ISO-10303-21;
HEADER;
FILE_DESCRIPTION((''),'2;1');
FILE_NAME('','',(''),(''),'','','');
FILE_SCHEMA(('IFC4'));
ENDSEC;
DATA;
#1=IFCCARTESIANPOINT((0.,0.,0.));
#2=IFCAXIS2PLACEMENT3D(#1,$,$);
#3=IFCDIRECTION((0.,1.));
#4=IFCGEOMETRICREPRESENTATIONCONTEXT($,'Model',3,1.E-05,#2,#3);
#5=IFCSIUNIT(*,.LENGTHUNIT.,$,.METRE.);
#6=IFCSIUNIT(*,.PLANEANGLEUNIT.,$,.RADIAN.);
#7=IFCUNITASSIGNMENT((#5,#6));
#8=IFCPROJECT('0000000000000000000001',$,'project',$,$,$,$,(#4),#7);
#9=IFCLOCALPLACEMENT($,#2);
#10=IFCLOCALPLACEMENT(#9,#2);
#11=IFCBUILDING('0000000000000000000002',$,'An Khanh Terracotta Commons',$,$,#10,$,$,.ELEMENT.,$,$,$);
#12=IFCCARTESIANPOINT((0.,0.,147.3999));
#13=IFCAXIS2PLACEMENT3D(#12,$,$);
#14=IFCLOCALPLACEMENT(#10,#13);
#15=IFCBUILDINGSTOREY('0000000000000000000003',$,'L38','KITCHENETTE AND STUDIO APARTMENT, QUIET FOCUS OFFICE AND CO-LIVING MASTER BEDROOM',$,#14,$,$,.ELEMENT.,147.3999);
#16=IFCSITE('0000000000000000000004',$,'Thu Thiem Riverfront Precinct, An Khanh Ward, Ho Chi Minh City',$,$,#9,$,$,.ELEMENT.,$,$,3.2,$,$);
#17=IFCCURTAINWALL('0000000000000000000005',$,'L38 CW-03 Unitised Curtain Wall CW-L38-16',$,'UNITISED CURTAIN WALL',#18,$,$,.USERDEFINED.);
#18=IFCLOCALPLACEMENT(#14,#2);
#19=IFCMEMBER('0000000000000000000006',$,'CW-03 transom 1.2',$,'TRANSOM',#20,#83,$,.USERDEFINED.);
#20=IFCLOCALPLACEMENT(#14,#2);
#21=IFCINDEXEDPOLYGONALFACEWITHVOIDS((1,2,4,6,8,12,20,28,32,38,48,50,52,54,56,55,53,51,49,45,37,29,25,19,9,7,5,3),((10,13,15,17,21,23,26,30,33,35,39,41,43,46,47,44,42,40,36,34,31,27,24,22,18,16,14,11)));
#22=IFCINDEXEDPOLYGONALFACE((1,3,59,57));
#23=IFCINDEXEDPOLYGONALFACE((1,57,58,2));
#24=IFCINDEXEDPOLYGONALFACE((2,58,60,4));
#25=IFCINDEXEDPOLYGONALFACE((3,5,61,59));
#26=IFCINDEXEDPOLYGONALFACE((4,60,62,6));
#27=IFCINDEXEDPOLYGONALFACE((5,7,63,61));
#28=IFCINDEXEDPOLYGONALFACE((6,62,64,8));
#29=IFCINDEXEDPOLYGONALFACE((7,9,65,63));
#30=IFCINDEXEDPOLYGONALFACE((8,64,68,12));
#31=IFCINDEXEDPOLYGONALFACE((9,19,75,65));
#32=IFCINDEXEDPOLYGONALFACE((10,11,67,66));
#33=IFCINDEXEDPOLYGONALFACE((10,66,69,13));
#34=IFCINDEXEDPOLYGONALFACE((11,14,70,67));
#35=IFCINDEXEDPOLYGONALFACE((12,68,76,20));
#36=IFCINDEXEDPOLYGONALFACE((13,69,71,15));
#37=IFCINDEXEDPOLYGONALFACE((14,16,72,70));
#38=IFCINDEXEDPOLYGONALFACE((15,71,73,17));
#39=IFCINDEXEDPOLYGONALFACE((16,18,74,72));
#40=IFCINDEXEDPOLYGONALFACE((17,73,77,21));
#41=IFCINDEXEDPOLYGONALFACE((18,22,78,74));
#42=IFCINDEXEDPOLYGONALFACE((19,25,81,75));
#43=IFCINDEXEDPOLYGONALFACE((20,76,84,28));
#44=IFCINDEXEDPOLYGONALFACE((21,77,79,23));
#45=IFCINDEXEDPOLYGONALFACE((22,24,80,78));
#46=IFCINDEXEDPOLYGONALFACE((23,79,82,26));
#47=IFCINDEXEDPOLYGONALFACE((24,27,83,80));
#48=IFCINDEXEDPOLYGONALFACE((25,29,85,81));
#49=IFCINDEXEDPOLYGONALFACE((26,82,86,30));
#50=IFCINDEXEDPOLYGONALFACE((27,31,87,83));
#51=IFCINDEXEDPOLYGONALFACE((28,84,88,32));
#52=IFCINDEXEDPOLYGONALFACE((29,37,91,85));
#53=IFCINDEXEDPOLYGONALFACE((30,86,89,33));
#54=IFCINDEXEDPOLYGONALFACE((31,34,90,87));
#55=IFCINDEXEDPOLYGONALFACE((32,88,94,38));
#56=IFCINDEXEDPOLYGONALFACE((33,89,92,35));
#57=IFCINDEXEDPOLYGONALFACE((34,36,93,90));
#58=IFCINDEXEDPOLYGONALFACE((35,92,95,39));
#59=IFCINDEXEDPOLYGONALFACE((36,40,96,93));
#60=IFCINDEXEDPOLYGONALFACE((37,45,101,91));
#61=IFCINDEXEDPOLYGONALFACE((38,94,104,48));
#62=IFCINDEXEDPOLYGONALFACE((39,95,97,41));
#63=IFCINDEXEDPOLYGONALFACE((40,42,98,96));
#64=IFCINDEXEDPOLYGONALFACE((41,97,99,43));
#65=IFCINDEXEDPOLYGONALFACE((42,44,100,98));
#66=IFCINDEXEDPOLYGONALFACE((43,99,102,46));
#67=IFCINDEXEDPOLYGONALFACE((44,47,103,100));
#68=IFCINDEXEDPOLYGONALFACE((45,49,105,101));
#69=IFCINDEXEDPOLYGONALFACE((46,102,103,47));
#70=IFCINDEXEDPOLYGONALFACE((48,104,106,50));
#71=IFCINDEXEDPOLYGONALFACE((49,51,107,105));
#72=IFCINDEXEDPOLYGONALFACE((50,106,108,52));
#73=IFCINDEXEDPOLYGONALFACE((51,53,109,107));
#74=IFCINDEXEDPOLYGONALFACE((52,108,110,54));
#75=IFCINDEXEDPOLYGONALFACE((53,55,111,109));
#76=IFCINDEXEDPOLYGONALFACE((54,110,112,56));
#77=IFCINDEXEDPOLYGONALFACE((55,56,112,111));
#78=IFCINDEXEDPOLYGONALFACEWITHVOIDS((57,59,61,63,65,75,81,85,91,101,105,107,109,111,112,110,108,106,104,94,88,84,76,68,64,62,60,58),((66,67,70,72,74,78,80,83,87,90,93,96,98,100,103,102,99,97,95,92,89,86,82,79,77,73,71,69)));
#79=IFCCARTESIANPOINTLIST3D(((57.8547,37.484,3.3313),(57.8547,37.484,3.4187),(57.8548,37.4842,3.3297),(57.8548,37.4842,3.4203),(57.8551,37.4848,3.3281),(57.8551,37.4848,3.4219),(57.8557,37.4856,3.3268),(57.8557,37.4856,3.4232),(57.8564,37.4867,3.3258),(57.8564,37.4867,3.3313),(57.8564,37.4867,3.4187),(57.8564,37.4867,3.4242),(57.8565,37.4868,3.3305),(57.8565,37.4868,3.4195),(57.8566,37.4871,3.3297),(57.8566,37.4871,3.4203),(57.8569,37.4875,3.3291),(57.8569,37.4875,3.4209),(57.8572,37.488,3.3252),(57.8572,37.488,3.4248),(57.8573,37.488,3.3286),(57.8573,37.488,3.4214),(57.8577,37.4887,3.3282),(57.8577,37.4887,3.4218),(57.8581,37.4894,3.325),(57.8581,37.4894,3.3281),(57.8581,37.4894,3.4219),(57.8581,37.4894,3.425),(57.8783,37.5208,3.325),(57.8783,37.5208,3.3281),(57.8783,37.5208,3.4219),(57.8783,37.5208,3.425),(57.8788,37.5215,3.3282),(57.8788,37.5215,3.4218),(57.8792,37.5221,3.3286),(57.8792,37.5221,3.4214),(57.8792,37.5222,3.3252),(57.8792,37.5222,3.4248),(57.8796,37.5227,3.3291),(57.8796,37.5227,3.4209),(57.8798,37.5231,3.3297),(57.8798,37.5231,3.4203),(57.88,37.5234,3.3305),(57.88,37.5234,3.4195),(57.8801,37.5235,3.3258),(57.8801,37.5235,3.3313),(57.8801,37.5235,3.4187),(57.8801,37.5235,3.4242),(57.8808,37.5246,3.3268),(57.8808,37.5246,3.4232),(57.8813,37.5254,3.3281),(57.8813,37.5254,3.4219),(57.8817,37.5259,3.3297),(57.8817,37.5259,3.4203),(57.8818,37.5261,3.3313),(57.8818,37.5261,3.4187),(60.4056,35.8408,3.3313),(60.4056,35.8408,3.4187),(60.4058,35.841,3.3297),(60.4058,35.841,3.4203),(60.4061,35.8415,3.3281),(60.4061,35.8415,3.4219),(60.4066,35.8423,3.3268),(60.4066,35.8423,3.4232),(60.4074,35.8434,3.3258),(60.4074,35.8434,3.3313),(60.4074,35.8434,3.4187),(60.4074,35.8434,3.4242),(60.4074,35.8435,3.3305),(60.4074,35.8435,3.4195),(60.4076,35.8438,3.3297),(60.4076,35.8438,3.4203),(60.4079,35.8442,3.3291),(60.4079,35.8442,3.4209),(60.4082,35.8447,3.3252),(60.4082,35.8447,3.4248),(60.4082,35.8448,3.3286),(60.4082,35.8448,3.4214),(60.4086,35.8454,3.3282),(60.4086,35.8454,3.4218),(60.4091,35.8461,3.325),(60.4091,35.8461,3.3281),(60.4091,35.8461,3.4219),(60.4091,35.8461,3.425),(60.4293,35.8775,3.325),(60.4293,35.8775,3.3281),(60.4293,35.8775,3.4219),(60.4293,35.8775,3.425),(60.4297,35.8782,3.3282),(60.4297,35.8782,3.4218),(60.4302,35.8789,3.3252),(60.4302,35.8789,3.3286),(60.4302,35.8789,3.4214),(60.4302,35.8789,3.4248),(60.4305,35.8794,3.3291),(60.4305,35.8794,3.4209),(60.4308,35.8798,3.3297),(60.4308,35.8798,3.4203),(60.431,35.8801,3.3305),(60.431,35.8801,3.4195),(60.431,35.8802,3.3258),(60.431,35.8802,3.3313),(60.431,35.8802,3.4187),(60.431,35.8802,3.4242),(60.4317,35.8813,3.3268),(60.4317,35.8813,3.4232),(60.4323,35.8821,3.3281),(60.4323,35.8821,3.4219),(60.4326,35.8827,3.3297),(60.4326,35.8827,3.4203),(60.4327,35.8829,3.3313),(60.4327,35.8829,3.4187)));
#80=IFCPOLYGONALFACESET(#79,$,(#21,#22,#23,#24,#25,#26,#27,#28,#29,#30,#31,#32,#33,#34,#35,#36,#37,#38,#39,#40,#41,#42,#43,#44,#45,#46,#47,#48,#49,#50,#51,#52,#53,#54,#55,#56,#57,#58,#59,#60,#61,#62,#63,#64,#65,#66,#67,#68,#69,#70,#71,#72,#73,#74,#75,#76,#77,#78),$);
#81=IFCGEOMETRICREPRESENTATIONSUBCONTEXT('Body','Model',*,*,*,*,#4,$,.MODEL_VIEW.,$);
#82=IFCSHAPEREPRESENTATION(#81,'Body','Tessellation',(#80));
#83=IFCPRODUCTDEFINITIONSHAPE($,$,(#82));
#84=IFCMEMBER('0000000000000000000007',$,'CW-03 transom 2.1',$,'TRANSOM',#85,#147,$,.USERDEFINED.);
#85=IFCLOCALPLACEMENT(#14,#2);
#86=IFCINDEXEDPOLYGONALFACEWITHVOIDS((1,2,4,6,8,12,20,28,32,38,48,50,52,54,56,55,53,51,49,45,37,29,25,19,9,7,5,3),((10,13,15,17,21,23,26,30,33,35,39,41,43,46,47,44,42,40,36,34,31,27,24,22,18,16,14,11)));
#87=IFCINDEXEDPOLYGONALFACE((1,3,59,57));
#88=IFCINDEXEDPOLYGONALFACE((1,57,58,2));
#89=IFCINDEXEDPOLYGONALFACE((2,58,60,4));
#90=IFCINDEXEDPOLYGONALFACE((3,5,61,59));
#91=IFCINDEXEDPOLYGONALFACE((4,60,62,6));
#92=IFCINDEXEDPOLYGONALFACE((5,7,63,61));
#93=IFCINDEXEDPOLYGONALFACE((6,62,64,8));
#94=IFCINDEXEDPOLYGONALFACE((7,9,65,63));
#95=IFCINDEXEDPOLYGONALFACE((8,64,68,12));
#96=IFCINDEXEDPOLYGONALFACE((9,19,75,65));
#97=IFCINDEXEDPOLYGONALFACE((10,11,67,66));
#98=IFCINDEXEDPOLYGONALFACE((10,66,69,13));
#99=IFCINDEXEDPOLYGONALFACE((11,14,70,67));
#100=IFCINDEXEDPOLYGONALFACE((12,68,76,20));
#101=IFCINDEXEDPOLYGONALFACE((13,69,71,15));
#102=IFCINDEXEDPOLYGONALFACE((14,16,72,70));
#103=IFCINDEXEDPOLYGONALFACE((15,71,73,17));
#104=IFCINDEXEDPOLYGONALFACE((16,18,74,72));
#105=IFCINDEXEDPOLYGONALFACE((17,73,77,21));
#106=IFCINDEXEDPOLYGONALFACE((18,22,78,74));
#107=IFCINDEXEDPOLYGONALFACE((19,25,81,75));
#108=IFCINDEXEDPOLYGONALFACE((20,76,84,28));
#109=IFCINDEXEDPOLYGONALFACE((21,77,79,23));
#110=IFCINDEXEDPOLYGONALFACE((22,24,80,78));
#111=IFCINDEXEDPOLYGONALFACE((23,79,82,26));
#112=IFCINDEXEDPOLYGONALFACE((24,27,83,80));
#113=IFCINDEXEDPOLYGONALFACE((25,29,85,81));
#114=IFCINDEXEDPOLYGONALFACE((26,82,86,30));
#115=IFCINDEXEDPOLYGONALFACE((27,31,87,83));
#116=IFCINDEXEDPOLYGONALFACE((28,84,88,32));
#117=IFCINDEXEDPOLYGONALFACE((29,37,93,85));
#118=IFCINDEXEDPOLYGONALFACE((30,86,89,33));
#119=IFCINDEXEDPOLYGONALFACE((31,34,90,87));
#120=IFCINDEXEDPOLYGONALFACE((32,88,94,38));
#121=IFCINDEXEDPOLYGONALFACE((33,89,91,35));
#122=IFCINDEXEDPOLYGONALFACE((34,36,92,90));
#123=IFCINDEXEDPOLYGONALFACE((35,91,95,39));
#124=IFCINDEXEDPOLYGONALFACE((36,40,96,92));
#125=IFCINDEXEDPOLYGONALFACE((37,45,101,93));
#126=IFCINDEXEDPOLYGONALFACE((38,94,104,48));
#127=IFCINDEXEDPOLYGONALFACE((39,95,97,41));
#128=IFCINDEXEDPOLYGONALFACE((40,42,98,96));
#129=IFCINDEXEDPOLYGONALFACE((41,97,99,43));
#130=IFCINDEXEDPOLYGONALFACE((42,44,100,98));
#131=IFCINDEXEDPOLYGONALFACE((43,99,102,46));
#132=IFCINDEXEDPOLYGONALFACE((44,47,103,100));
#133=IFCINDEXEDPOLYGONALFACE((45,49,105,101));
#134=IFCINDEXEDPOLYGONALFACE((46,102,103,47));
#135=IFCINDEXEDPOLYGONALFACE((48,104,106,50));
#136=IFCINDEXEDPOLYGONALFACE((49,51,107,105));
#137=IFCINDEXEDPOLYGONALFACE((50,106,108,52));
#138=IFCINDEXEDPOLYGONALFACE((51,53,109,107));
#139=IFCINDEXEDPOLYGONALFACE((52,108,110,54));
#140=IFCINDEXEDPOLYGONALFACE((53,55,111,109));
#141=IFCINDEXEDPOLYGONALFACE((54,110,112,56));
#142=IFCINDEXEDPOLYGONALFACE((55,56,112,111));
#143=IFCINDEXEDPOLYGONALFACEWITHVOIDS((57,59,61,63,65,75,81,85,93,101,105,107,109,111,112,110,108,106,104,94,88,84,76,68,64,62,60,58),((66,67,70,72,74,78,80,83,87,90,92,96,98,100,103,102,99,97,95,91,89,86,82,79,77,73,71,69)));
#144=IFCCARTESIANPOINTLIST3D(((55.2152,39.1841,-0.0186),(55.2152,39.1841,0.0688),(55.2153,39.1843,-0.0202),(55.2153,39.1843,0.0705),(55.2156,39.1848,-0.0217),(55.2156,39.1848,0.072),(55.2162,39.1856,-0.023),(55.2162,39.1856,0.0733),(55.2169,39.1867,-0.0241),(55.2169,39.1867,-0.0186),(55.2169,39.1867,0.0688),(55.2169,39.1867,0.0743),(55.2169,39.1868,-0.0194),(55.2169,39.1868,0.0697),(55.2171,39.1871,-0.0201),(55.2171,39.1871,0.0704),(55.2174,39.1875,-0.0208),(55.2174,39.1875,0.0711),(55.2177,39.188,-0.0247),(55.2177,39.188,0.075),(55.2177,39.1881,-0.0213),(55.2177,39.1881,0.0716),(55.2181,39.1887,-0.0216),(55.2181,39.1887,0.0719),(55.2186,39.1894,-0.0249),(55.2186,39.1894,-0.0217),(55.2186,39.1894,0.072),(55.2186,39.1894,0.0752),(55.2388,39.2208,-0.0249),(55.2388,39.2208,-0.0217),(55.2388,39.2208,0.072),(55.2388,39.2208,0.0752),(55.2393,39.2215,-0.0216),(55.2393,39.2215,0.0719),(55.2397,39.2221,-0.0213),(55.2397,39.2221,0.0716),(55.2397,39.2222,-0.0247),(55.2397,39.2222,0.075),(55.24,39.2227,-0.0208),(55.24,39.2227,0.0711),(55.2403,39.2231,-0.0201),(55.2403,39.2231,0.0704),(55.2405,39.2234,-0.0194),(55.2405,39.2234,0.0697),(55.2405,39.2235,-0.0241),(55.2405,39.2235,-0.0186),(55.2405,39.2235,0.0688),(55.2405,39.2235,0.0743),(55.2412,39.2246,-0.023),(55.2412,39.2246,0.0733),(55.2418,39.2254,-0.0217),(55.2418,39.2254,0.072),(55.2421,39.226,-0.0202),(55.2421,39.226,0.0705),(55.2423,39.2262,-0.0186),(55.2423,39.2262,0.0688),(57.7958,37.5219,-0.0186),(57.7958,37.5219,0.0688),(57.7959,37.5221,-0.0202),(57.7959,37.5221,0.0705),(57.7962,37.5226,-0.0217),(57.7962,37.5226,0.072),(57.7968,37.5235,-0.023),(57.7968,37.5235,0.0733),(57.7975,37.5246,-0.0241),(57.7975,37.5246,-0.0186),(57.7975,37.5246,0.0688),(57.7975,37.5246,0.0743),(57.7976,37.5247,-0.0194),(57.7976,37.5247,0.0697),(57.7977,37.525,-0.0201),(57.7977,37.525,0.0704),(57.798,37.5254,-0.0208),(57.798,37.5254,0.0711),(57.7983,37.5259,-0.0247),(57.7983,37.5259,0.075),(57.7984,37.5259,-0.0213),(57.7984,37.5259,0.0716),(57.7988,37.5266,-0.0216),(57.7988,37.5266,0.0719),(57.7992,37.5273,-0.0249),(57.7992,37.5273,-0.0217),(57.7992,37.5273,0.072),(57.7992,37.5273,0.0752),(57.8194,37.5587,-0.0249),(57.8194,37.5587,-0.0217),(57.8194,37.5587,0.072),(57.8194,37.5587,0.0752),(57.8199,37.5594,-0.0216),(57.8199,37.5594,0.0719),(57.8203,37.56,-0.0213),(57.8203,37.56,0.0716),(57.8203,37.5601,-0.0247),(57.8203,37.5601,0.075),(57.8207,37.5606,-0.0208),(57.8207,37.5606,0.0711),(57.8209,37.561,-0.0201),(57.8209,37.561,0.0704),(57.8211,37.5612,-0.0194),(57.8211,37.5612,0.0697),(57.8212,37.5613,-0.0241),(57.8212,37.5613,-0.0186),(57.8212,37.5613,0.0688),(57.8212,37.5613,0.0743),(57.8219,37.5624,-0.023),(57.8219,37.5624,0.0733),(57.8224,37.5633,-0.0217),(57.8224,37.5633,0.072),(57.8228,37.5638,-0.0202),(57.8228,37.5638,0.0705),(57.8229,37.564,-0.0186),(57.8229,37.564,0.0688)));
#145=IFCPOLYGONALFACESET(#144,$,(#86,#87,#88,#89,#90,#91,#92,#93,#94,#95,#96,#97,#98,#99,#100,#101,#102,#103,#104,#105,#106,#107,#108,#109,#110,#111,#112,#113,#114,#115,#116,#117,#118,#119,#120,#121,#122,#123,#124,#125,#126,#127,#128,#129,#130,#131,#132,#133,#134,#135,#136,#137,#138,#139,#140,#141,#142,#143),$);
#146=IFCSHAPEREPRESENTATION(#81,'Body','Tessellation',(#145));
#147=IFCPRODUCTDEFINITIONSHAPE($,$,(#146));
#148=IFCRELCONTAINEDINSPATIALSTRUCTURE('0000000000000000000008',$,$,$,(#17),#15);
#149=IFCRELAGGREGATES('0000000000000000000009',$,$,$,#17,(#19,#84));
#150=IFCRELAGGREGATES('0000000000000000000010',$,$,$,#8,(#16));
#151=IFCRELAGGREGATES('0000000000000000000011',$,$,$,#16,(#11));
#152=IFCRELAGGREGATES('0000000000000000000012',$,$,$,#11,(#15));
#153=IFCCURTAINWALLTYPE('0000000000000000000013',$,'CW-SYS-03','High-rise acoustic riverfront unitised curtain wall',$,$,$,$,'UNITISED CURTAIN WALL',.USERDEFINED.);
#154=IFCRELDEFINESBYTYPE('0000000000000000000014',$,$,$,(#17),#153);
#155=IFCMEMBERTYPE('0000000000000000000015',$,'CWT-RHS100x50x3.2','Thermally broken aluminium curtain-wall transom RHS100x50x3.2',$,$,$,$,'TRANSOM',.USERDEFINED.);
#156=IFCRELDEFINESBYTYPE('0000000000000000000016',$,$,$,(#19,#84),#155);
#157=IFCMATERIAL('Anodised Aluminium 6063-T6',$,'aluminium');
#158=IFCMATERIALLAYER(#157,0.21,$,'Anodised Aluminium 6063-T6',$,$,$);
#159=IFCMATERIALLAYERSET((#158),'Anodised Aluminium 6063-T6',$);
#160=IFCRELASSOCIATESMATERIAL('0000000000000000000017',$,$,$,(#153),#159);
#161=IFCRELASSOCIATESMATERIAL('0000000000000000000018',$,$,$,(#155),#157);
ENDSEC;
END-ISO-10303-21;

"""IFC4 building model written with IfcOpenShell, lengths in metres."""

from ifc_helpers import new_model, si_unit, direction, frame, origin, origin_2d, place, context, subcontext, project, spatial, hollow_rectangle, extrude, material, layer, layer_set, material_profile, profile_set, type_object, element, aggregate, save


model = new_model("IFC4")

# Units and contexts
model_context = context("Model", 3, precision=1e-05, world=origin(), true_north=direction((0.0, 1.0)))
body_context = subcontext(model_context, "Body", "Model", "MODEL_VIEW")
ifc_project = project(units=[si_unit("LENGTHUNIT", "METRE"), si_unit("PLANEANGLEUNIT", "RADIAN")], contexts=[model_context])

# Site, building, storey
site_placement = place(None, origin())
site = spatial("IfcSite", under=ifc_project, at=site_placement, Name="Thu Thiem Riverfront Precinct, An Khanh Ward, Ho Chi Minh City", CompositionType="ELEMENT", RefElevation=3.2)
building_placement = place(site_placement, origin())
building = spatial("IfcBuilding", under=site, at=building_placement, Name="An Khanh Terracotta Commons", CompositionType="ELEMENT")
storey_placement = place(building_placement, frame((0.0, 0.0, 147.3999)))
storey = spatial("IfcBuildingStorey", under=building, at=storey_placement, Name="L38", Description="KITCHENETTE AND STUDIO APARTMENT, QUIET FOCUS OFFICE AND CO-LIVING MASTER BEDROOM", CompositionType="ELEMENT", Elevation=147.3999)

# Curtain wall
ifc_material_1 = material(Name="Anodised Aluminium 6063-T6", Category="aluminium")
ifc_layer_1 = layer(ifc_material_1, 0.21, Name="Anodised Aluminium 6063-T6")
ifc_layer_set_1 = layer_set([ifc_layer_1], Name="Anodised Aluminium 6063-T6")
curtain_wall_type = type_object("IfcCurtainWallType", Name="CW-SYS-03", Description="High-rise acoustic riverfront unitised curtain wall", ElementType="UNITISED CURTAIN WALL", PredefinedType="USERDEFINED", material=ifc_layer_set_1)
curtain_wall_1_placement = place(storey_placement, origin())
curtain_wall_1 = element("IfcCurtainWall", 1, at=curtain_wall_1_placement, inside=storey, type_object=curtain_wall_type, Name="L38 CW-03 Unitised Curtain Wall CW-L38-16", ObjectType="UNITISED CURTAIN WALL", PredefinedType="USERDEFINED")

# Members
ifc_material_profile_1 = material_profile(ifc_material_1, hollow_rectangle(XDim=0.05, YDim=0.1001, WallThickness=0.0032, InnerFilletRadius=0.0032, OuterFilletRadius=0.0063, at=origin_2d()), Name="RHS100x50x3.2")
ifc_profile_set_1 = profile_set([ifc_material_profile_1], Name="Anodised Aluminium 6063-T6")
member_type_1 = type_object("IfcMemberType", Name="CWT-RHS100x50x3.2", Description="Thermally broken aluminium curtain-wall transom RHS100x50x3.2", ElementType="TRANSOM", PredefinedType="USERDEFINED", material=ifc_profile_set_1)
member_1_placement = place(storey_placement, frame((60.4192, 35.8618, 3.375), z_axis=(-0.840674, 0.541542, 0.0), x_axis=(-0.541542, -0.840674, 0.0)))
member_1 = element("IfcMember", 2, at=member_1_placement, type_object=member_type_1, Name="CW-03 transom 1.2", ObjectType="TRANSOM", PredefinedType="USERDEFINED", context=body_context, shape_type="SweptSolid", body=[
    extrude(hollow_rectangle(XDim=0.05, YDim=0.1001, WallThickness=0.0032, InnerFilletRadius=0.0032, OuterFilletRadius=0.0063, at=origin_2d()), origin(), (0.0, 0.0, 1.0), 3.0344),
])
member_2_placement = place(storey_placement, frame((57.8093, 37.543, 0.0251), z_axis=(-0.840708, 0.541489, 0.0), x_axis=(-0.541489, -0.840708, 0.0)))
member_2 = element("IfcMember", 3, at=member_2_placement, type_object=member_type_1, Name="CW-03 transom 2.1", ObjectType="TRANSOM", PredefinedType="USERDEFINED", context=body_context, shape_type="SweptSolid", body=[
    extrude(hollow_rectangle(XDim=0.05, YDim=0.1001, WallThickness=0.0032, InnerFilletRadius=0.0032, OuterFilletRadius=0.0063, at=origin_2d()), origin(), (0.0, 0.0, 1.0), 3.0696),
])

aggregate(curtain_wall_1, [member_1, member_2])

save(model, "model.ifc")
